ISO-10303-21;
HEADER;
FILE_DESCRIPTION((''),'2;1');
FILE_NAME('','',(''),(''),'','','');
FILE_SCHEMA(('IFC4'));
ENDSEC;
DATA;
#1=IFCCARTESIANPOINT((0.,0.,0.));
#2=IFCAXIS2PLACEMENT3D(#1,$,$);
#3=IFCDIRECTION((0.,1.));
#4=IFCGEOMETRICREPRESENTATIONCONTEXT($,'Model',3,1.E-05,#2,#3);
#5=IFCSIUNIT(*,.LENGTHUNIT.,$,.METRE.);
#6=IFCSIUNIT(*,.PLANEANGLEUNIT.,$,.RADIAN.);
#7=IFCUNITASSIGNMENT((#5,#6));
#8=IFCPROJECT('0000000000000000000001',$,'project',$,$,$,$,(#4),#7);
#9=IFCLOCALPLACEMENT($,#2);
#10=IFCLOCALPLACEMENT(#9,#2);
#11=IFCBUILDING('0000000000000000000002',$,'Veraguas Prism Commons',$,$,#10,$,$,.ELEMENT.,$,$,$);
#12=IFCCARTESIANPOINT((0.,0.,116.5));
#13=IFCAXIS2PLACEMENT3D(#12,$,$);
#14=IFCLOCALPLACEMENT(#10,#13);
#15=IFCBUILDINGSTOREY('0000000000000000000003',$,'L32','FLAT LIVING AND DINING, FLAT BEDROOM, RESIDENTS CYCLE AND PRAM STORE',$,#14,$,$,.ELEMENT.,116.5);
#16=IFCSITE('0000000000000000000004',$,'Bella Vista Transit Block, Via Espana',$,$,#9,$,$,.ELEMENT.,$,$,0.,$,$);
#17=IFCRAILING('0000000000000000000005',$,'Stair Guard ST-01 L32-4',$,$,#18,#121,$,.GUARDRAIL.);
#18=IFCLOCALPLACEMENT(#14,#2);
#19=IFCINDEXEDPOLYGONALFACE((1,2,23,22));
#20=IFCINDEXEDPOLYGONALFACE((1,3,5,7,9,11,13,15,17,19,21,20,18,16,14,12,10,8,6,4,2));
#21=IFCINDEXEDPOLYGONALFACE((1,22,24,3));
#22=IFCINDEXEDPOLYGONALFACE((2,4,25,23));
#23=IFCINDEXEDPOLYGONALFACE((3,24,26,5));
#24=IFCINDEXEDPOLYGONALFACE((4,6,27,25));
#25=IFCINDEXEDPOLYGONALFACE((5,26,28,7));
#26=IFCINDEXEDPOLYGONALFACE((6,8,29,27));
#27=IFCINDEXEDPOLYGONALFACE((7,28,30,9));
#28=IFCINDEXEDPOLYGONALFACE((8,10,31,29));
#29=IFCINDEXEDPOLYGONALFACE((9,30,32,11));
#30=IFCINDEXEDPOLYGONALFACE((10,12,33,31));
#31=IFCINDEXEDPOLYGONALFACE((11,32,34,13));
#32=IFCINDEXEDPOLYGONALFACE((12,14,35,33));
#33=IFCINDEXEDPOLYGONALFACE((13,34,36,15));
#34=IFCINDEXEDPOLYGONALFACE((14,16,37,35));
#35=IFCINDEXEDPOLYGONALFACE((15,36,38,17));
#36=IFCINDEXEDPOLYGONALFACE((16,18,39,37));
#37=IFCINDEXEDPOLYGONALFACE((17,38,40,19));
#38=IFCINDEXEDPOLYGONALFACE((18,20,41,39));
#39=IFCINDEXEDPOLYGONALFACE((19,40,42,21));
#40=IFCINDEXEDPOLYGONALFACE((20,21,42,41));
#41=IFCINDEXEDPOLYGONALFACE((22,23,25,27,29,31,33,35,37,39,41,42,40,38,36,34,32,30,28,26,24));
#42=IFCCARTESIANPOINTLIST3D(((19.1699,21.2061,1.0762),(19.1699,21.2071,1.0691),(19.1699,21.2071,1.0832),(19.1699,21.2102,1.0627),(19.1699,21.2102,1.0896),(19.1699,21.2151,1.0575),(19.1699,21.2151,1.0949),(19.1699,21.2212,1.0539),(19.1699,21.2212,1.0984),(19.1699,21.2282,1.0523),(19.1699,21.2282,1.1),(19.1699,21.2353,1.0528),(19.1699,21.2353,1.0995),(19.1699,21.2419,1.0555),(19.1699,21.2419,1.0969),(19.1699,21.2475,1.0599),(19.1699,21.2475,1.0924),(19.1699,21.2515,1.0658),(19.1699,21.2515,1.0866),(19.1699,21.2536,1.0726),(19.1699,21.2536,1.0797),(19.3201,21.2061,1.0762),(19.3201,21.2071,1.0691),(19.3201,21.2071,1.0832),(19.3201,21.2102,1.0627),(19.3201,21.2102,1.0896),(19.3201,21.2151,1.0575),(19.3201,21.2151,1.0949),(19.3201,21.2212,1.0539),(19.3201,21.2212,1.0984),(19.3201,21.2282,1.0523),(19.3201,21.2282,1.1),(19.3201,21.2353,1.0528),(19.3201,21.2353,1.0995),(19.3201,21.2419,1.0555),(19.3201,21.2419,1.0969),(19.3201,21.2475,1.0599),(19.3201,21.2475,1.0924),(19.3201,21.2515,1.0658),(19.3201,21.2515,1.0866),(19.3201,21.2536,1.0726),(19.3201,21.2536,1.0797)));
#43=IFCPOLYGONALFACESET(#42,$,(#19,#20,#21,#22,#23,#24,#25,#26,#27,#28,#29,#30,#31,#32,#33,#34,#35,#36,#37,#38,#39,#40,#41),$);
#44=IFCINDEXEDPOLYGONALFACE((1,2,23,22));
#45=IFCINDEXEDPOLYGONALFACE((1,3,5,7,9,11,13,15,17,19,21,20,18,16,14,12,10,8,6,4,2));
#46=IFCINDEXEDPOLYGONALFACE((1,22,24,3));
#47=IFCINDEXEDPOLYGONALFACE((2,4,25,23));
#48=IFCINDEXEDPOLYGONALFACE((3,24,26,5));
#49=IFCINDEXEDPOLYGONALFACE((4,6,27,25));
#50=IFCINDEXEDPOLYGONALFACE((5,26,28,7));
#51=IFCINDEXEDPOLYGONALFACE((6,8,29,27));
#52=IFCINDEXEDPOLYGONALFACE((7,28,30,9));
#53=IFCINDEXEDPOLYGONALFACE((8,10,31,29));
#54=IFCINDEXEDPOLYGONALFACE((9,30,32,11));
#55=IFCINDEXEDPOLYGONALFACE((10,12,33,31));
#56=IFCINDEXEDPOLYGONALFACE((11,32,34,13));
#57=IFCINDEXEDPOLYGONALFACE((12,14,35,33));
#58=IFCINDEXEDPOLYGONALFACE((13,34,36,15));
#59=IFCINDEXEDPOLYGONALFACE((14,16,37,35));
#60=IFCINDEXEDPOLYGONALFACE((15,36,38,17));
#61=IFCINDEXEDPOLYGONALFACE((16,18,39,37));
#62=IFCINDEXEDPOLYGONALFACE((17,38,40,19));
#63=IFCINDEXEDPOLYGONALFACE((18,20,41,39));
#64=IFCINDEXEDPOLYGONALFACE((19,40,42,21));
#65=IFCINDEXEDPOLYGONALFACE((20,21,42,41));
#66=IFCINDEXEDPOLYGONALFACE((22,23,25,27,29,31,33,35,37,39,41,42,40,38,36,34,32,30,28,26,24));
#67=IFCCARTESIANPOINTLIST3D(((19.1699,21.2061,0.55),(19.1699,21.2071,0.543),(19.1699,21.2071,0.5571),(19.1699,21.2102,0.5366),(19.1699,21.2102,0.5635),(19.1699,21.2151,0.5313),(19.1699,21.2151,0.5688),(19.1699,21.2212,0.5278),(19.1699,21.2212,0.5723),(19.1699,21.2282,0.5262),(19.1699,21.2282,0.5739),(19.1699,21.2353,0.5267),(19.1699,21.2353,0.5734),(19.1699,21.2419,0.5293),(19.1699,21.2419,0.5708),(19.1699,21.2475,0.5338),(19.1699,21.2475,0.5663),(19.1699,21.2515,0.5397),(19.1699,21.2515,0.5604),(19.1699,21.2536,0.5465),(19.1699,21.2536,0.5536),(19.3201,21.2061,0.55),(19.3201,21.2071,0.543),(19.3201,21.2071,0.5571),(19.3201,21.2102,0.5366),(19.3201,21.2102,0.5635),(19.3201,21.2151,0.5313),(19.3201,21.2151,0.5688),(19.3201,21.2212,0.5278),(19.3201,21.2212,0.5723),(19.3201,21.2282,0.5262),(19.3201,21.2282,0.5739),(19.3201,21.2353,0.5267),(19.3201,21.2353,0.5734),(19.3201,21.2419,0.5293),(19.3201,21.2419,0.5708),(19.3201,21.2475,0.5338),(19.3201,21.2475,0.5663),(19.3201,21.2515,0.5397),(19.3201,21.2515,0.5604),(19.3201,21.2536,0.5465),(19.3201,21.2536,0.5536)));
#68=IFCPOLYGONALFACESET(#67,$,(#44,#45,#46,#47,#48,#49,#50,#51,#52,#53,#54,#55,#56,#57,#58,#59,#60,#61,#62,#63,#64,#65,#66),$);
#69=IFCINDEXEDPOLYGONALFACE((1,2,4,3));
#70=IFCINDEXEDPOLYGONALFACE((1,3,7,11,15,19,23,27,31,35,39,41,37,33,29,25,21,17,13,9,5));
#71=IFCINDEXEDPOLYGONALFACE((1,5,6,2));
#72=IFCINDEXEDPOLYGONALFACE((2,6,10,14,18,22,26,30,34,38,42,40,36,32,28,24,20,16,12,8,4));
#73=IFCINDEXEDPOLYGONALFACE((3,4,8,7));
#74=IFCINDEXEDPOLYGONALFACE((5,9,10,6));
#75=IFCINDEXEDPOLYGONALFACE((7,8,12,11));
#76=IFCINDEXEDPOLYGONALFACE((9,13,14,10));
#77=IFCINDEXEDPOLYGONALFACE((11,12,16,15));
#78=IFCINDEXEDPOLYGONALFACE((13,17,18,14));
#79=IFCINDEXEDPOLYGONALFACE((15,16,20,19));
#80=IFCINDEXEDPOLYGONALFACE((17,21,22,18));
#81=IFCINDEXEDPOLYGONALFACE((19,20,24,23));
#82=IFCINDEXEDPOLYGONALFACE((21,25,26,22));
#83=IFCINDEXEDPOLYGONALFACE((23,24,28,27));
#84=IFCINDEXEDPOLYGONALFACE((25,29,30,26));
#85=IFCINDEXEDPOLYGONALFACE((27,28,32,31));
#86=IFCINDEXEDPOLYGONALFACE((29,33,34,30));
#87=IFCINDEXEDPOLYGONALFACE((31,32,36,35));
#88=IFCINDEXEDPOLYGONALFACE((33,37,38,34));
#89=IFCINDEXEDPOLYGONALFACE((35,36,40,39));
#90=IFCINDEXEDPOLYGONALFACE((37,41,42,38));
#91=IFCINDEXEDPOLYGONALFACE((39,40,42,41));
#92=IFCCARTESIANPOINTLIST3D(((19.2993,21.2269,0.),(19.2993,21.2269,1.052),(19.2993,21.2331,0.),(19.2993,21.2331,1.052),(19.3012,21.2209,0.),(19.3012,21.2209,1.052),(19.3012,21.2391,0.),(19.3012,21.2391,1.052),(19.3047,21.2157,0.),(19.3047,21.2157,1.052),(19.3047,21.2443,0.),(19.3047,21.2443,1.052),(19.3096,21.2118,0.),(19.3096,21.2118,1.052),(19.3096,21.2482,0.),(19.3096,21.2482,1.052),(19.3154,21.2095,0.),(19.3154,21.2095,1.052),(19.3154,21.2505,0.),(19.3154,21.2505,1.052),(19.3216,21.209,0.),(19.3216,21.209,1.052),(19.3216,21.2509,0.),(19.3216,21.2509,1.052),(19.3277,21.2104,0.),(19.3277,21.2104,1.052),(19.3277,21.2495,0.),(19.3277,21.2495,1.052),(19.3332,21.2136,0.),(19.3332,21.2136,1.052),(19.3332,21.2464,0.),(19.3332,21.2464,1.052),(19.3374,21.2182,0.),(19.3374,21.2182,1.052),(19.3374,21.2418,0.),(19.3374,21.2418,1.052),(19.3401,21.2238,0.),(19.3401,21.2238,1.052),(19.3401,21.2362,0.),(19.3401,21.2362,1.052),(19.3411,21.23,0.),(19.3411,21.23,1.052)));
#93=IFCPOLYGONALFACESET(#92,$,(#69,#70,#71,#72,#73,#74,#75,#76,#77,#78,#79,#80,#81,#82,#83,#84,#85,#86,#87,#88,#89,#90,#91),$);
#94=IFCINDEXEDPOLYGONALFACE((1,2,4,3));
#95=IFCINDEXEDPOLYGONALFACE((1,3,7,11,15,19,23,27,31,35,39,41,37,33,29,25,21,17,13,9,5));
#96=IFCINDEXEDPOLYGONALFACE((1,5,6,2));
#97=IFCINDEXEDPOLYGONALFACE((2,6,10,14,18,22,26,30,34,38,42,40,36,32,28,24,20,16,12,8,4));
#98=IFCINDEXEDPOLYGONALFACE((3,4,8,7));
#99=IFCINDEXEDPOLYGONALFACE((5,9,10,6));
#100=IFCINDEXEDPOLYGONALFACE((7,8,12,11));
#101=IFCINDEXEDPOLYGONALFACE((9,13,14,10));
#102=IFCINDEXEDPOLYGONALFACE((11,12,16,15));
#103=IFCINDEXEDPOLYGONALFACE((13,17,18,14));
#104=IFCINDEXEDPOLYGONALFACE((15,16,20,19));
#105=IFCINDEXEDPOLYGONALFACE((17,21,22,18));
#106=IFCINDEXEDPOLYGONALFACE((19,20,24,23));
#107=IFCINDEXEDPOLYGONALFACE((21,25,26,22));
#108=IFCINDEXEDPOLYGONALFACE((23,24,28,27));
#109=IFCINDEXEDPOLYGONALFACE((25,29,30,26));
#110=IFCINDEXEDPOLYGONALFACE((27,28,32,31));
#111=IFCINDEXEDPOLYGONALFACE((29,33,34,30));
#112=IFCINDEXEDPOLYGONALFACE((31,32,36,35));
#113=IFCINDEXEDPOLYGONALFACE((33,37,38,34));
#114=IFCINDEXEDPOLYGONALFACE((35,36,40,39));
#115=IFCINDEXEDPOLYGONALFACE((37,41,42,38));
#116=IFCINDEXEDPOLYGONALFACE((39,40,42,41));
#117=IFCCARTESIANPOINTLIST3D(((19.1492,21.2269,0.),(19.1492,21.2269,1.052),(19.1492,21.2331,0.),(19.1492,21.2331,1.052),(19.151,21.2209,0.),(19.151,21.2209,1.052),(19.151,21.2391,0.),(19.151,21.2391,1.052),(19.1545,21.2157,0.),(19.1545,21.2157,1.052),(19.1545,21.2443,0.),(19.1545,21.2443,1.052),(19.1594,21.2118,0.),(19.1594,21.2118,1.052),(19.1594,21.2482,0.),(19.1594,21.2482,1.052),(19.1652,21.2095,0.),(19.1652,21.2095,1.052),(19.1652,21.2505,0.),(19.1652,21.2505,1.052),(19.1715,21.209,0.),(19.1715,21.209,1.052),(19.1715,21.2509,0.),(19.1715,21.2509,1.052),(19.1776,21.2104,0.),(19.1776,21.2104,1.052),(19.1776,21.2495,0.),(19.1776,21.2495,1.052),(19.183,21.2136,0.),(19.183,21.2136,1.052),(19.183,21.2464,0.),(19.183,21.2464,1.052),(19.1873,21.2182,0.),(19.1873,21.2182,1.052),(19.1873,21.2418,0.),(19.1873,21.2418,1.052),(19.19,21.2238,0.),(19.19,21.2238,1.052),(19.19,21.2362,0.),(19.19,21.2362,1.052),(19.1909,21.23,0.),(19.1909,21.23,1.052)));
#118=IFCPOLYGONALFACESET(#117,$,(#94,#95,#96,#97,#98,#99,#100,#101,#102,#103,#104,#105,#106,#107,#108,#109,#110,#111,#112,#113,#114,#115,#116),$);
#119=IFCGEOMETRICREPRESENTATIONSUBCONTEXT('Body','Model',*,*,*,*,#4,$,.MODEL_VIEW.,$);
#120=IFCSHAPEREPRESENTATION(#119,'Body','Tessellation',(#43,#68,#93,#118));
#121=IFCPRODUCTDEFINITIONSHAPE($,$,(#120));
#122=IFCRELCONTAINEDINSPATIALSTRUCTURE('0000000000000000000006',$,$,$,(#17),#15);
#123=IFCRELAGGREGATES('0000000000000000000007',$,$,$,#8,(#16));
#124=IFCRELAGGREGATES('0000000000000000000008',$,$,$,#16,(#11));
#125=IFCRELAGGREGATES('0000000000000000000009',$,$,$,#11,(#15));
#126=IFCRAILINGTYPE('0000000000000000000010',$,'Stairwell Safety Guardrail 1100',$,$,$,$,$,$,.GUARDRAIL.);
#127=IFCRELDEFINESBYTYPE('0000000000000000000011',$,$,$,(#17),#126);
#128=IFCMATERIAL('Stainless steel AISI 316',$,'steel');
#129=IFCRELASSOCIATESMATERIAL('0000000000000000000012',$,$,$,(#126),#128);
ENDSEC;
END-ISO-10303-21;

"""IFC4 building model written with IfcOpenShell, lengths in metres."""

from ifc_helpers import new_model, si_unit, direction, frame, origin, origin_2d, place, context, subcontext, project, spatial, circle, extrude, material, type_object, element, save


model = new_model("IFC4")

# Units and contexts
model_context = context("Model", 3, precision=1e-05, world=origin(), true_north=direction((0.0, 1.0)))
body_context = subcontext(model_context, "Body", "Model", "MODEL_VIEW")
ifc_project = project(units=[si_unit("LENGTHUNIT", "METRE"), si_unit("PLANEANGLEUNIT", "RADIAN")], contexts=[model_context])

# Site, building, storey
site_placement = place(None, origin())
site = spatial("IfcSite", under=ifc_project, at=site_placement, Name="Bella Vista Transit Block, Via Espana", CompositionType="ELEMENT", RefElevation=0.0)
building_placement = place(site_placement, origin())
building = spatial("IfcBuilding", under=site, at=building_placement, Name="Veraguas Prism Commons", CompositionType="ELEMENT")
storey_placement = place(building_placement, frame((0.0, 0.0, 116.5)))
storey = spatial("IfcBuildingStorey", under=building, at=storey_placement, Name="L32", Description="FLAT LIVING AND DINING, FLAT BEDROOM, RESIDENTS CYCLE AND PRAM STORE", CompositionType="ELEMENT", Elevation=116.5)

# Railing
ifc_material_1 = material(Name="Stainless steel AISI 316", Category="steel")
railing_type = type_object("IfcRailingType", Name="Stairwell Safety Guardrail 1100", PredefinedType="GUARDRAIL", material=ifc_material_1)
railing_1_placement = place(storey_placement, frame((19.3201, 21.23, 0.0)))
element("IfcRailing", 1, at=railing_1_placement, inside=storey, type_object=railing_type, Name="Stair Guard ST-01 L32-4", PredefinedType="GUARDRAIL", context=body_context, shape_type="SweptSolid", body=[
    extrude(circle(Radius=0.0239, at=origin_2d()), frame((0.0, 0.0, 1.0762), z_axis=(-1.0, 0.0, 0.0), x_axis=(0.0, -1.0, 0.0)), (0.0, 0.0, 1.0), 0.1501),
    extrude(circle(Radius=0.0239, at=origin_2d()), frame((0.0, 0.0, 0.55), z_axis=(-1.0, 0.0, 0.0), x_axis=(0.0, -1.0, 0.0)), (0.0, 0.0, 1.0), 0.1501),
    extrude(circle(Radius=0.021, at=origin_2d()), origin(), (0.0, 0.0, 1.0), 1.052),
    extrude(circle(Radius=0.021, at=origin_2d()), frame((-0.1501, 0.0, 0.0)), (0.0, 0.0, 1.0), 1.052),
])

save(model, "model.ifc")
